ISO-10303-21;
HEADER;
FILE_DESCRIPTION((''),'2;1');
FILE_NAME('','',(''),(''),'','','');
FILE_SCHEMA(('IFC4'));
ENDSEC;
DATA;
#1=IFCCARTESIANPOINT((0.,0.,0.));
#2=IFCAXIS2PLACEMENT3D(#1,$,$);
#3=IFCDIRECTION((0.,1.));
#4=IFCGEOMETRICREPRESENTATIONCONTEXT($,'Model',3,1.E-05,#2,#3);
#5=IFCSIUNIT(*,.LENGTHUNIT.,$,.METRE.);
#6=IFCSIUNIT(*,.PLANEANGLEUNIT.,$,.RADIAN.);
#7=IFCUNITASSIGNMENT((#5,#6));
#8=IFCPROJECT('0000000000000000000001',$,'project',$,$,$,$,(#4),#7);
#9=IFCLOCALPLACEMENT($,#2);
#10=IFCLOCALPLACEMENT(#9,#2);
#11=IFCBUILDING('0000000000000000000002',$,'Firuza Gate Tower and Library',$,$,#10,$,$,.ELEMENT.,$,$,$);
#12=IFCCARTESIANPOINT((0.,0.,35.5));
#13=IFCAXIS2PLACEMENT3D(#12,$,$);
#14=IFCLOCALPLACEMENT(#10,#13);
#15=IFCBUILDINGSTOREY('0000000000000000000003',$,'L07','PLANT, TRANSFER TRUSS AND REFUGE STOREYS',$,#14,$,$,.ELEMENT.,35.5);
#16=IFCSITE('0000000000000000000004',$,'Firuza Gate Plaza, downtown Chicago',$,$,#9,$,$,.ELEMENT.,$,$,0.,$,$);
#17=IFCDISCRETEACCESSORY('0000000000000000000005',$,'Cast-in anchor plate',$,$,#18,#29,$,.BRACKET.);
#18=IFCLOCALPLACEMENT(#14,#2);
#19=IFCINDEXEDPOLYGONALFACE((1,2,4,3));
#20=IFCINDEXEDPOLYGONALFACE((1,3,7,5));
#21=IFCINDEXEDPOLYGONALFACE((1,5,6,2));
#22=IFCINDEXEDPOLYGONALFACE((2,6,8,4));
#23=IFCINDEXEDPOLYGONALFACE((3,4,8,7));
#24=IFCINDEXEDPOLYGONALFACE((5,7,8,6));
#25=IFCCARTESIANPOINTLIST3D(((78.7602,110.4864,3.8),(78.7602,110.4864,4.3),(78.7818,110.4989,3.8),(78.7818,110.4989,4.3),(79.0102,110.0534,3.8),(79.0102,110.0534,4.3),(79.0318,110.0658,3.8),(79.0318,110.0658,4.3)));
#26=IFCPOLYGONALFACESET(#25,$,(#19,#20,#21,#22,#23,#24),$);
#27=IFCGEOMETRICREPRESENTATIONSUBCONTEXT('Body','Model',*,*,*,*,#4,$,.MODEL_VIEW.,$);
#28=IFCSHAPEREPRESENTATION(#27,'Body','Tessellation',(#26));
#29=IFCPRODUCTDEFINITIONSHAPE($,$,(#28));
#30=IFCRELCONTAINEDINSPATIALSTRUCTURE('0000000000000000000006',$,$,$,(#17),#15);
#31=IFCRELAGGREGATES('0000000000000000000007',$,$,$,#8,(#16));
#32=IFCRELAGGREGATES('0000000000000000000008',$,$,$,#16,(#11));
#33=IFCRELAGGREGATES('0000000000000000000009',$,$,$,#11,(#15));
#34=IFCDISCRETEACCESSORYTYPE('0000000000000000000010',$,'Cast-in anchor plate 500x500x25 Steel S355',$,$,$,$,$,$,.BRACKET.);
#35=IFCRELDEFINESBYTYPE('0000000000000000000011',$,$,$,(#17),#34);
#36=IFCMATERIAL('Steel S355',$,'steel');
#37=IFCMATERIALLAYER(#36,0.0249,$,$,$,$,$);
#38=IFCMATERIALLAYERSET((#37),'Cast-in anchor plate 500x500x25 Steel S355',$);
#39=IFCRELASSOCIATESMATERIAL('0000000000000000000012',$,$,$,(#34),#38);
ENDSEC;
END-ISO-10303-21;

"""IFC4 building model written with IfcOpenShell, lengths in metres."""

from ifc_helpers import new_model, si_unit, direction, frame, origin, origin_2d, place, context, subcontext, project, spatial, rectangle, extrude, material, layer, layer_set, type_object, element, save


model = new_model("IFC4")

# Units and contexts
model_context = context("Model", 3, precision=1e-05, world=origin(), true_north=direction((0.0, 1.0)))
body_context = subcontext(model_context, "Body", "Model", "MODEL_VIEW")
ifc_project = project(units=[si_unit("LENGTHUNIT", "METRE"), si_unit("PLANEANGLEUNIT", "RADIAN")], contexts=[model_context])

# Site, building, storey
site_placement = place(None, origin())
site = spatial("IfcSite", under=ifc_project, at=site_placement, Name="Firuza Gate Plaza, downtown Chicago", CompositionType="ELEMENT", RefElevation=0.0)
building_placement = place(site_placement, origin())
building = spatial("IfcBuilding", under=site, at=building_placement, Name="Firuza Gate Tower and Library", CompositionType="ELEMENT")
storey_placement = place(building_placement, frame((0.0, 0.0, 35.5)))
storey = spatial("IfcBuildingStorey", under=building, at=storey_placement, Name="L07", Description="PLANT, TRANSFER TRUSS AND REFUGE STOREYS", CompositionType="ELEMENT", Elevation=35.5)

# Discrete accessory
ifc_material_1 = material(Name="Steel S355", Category="steel")
ifc_layer_1 = layer(ifc_material_1, 0.0249)
ifc_layer_set_1 = layer_set([ifc_layer_1], Name="Cast-in anchor plate 500x500x25 Steel S355")
discrete_accessory_type = type_object("IfcDiscreteAccessoryType", Name="Cast-in anchor plate 500x500x25 Steel S355", PredefinedType="BRACKET", material=ifc_layer_set_1)
for number, where, z_axis, x_axis, name in (
    (1, (78.896, 110.2761, 3.8), (0.0, 0.0, 1.0), (-0.5, 0.866025, 0.0), "Cast-in anchor plate"),
):
    element("IfcDiscreteAccessory", number, at=place(storey_placement, frame(where, z_axis=z_axis, x_axis=x_axis)), inside=storey, type_object=discrete_accessory_type, Name=name, PredefinedType="BRACKET", context=body_context, shape_type="SweptSolid", body=[
        extrude(rectangle(XDim=0.5, YDim=0.0249, at=origin_2d()), origin(), (0.0, 0.0, 1.0), 0.5),
    ])

save(model, "model.ifc")
